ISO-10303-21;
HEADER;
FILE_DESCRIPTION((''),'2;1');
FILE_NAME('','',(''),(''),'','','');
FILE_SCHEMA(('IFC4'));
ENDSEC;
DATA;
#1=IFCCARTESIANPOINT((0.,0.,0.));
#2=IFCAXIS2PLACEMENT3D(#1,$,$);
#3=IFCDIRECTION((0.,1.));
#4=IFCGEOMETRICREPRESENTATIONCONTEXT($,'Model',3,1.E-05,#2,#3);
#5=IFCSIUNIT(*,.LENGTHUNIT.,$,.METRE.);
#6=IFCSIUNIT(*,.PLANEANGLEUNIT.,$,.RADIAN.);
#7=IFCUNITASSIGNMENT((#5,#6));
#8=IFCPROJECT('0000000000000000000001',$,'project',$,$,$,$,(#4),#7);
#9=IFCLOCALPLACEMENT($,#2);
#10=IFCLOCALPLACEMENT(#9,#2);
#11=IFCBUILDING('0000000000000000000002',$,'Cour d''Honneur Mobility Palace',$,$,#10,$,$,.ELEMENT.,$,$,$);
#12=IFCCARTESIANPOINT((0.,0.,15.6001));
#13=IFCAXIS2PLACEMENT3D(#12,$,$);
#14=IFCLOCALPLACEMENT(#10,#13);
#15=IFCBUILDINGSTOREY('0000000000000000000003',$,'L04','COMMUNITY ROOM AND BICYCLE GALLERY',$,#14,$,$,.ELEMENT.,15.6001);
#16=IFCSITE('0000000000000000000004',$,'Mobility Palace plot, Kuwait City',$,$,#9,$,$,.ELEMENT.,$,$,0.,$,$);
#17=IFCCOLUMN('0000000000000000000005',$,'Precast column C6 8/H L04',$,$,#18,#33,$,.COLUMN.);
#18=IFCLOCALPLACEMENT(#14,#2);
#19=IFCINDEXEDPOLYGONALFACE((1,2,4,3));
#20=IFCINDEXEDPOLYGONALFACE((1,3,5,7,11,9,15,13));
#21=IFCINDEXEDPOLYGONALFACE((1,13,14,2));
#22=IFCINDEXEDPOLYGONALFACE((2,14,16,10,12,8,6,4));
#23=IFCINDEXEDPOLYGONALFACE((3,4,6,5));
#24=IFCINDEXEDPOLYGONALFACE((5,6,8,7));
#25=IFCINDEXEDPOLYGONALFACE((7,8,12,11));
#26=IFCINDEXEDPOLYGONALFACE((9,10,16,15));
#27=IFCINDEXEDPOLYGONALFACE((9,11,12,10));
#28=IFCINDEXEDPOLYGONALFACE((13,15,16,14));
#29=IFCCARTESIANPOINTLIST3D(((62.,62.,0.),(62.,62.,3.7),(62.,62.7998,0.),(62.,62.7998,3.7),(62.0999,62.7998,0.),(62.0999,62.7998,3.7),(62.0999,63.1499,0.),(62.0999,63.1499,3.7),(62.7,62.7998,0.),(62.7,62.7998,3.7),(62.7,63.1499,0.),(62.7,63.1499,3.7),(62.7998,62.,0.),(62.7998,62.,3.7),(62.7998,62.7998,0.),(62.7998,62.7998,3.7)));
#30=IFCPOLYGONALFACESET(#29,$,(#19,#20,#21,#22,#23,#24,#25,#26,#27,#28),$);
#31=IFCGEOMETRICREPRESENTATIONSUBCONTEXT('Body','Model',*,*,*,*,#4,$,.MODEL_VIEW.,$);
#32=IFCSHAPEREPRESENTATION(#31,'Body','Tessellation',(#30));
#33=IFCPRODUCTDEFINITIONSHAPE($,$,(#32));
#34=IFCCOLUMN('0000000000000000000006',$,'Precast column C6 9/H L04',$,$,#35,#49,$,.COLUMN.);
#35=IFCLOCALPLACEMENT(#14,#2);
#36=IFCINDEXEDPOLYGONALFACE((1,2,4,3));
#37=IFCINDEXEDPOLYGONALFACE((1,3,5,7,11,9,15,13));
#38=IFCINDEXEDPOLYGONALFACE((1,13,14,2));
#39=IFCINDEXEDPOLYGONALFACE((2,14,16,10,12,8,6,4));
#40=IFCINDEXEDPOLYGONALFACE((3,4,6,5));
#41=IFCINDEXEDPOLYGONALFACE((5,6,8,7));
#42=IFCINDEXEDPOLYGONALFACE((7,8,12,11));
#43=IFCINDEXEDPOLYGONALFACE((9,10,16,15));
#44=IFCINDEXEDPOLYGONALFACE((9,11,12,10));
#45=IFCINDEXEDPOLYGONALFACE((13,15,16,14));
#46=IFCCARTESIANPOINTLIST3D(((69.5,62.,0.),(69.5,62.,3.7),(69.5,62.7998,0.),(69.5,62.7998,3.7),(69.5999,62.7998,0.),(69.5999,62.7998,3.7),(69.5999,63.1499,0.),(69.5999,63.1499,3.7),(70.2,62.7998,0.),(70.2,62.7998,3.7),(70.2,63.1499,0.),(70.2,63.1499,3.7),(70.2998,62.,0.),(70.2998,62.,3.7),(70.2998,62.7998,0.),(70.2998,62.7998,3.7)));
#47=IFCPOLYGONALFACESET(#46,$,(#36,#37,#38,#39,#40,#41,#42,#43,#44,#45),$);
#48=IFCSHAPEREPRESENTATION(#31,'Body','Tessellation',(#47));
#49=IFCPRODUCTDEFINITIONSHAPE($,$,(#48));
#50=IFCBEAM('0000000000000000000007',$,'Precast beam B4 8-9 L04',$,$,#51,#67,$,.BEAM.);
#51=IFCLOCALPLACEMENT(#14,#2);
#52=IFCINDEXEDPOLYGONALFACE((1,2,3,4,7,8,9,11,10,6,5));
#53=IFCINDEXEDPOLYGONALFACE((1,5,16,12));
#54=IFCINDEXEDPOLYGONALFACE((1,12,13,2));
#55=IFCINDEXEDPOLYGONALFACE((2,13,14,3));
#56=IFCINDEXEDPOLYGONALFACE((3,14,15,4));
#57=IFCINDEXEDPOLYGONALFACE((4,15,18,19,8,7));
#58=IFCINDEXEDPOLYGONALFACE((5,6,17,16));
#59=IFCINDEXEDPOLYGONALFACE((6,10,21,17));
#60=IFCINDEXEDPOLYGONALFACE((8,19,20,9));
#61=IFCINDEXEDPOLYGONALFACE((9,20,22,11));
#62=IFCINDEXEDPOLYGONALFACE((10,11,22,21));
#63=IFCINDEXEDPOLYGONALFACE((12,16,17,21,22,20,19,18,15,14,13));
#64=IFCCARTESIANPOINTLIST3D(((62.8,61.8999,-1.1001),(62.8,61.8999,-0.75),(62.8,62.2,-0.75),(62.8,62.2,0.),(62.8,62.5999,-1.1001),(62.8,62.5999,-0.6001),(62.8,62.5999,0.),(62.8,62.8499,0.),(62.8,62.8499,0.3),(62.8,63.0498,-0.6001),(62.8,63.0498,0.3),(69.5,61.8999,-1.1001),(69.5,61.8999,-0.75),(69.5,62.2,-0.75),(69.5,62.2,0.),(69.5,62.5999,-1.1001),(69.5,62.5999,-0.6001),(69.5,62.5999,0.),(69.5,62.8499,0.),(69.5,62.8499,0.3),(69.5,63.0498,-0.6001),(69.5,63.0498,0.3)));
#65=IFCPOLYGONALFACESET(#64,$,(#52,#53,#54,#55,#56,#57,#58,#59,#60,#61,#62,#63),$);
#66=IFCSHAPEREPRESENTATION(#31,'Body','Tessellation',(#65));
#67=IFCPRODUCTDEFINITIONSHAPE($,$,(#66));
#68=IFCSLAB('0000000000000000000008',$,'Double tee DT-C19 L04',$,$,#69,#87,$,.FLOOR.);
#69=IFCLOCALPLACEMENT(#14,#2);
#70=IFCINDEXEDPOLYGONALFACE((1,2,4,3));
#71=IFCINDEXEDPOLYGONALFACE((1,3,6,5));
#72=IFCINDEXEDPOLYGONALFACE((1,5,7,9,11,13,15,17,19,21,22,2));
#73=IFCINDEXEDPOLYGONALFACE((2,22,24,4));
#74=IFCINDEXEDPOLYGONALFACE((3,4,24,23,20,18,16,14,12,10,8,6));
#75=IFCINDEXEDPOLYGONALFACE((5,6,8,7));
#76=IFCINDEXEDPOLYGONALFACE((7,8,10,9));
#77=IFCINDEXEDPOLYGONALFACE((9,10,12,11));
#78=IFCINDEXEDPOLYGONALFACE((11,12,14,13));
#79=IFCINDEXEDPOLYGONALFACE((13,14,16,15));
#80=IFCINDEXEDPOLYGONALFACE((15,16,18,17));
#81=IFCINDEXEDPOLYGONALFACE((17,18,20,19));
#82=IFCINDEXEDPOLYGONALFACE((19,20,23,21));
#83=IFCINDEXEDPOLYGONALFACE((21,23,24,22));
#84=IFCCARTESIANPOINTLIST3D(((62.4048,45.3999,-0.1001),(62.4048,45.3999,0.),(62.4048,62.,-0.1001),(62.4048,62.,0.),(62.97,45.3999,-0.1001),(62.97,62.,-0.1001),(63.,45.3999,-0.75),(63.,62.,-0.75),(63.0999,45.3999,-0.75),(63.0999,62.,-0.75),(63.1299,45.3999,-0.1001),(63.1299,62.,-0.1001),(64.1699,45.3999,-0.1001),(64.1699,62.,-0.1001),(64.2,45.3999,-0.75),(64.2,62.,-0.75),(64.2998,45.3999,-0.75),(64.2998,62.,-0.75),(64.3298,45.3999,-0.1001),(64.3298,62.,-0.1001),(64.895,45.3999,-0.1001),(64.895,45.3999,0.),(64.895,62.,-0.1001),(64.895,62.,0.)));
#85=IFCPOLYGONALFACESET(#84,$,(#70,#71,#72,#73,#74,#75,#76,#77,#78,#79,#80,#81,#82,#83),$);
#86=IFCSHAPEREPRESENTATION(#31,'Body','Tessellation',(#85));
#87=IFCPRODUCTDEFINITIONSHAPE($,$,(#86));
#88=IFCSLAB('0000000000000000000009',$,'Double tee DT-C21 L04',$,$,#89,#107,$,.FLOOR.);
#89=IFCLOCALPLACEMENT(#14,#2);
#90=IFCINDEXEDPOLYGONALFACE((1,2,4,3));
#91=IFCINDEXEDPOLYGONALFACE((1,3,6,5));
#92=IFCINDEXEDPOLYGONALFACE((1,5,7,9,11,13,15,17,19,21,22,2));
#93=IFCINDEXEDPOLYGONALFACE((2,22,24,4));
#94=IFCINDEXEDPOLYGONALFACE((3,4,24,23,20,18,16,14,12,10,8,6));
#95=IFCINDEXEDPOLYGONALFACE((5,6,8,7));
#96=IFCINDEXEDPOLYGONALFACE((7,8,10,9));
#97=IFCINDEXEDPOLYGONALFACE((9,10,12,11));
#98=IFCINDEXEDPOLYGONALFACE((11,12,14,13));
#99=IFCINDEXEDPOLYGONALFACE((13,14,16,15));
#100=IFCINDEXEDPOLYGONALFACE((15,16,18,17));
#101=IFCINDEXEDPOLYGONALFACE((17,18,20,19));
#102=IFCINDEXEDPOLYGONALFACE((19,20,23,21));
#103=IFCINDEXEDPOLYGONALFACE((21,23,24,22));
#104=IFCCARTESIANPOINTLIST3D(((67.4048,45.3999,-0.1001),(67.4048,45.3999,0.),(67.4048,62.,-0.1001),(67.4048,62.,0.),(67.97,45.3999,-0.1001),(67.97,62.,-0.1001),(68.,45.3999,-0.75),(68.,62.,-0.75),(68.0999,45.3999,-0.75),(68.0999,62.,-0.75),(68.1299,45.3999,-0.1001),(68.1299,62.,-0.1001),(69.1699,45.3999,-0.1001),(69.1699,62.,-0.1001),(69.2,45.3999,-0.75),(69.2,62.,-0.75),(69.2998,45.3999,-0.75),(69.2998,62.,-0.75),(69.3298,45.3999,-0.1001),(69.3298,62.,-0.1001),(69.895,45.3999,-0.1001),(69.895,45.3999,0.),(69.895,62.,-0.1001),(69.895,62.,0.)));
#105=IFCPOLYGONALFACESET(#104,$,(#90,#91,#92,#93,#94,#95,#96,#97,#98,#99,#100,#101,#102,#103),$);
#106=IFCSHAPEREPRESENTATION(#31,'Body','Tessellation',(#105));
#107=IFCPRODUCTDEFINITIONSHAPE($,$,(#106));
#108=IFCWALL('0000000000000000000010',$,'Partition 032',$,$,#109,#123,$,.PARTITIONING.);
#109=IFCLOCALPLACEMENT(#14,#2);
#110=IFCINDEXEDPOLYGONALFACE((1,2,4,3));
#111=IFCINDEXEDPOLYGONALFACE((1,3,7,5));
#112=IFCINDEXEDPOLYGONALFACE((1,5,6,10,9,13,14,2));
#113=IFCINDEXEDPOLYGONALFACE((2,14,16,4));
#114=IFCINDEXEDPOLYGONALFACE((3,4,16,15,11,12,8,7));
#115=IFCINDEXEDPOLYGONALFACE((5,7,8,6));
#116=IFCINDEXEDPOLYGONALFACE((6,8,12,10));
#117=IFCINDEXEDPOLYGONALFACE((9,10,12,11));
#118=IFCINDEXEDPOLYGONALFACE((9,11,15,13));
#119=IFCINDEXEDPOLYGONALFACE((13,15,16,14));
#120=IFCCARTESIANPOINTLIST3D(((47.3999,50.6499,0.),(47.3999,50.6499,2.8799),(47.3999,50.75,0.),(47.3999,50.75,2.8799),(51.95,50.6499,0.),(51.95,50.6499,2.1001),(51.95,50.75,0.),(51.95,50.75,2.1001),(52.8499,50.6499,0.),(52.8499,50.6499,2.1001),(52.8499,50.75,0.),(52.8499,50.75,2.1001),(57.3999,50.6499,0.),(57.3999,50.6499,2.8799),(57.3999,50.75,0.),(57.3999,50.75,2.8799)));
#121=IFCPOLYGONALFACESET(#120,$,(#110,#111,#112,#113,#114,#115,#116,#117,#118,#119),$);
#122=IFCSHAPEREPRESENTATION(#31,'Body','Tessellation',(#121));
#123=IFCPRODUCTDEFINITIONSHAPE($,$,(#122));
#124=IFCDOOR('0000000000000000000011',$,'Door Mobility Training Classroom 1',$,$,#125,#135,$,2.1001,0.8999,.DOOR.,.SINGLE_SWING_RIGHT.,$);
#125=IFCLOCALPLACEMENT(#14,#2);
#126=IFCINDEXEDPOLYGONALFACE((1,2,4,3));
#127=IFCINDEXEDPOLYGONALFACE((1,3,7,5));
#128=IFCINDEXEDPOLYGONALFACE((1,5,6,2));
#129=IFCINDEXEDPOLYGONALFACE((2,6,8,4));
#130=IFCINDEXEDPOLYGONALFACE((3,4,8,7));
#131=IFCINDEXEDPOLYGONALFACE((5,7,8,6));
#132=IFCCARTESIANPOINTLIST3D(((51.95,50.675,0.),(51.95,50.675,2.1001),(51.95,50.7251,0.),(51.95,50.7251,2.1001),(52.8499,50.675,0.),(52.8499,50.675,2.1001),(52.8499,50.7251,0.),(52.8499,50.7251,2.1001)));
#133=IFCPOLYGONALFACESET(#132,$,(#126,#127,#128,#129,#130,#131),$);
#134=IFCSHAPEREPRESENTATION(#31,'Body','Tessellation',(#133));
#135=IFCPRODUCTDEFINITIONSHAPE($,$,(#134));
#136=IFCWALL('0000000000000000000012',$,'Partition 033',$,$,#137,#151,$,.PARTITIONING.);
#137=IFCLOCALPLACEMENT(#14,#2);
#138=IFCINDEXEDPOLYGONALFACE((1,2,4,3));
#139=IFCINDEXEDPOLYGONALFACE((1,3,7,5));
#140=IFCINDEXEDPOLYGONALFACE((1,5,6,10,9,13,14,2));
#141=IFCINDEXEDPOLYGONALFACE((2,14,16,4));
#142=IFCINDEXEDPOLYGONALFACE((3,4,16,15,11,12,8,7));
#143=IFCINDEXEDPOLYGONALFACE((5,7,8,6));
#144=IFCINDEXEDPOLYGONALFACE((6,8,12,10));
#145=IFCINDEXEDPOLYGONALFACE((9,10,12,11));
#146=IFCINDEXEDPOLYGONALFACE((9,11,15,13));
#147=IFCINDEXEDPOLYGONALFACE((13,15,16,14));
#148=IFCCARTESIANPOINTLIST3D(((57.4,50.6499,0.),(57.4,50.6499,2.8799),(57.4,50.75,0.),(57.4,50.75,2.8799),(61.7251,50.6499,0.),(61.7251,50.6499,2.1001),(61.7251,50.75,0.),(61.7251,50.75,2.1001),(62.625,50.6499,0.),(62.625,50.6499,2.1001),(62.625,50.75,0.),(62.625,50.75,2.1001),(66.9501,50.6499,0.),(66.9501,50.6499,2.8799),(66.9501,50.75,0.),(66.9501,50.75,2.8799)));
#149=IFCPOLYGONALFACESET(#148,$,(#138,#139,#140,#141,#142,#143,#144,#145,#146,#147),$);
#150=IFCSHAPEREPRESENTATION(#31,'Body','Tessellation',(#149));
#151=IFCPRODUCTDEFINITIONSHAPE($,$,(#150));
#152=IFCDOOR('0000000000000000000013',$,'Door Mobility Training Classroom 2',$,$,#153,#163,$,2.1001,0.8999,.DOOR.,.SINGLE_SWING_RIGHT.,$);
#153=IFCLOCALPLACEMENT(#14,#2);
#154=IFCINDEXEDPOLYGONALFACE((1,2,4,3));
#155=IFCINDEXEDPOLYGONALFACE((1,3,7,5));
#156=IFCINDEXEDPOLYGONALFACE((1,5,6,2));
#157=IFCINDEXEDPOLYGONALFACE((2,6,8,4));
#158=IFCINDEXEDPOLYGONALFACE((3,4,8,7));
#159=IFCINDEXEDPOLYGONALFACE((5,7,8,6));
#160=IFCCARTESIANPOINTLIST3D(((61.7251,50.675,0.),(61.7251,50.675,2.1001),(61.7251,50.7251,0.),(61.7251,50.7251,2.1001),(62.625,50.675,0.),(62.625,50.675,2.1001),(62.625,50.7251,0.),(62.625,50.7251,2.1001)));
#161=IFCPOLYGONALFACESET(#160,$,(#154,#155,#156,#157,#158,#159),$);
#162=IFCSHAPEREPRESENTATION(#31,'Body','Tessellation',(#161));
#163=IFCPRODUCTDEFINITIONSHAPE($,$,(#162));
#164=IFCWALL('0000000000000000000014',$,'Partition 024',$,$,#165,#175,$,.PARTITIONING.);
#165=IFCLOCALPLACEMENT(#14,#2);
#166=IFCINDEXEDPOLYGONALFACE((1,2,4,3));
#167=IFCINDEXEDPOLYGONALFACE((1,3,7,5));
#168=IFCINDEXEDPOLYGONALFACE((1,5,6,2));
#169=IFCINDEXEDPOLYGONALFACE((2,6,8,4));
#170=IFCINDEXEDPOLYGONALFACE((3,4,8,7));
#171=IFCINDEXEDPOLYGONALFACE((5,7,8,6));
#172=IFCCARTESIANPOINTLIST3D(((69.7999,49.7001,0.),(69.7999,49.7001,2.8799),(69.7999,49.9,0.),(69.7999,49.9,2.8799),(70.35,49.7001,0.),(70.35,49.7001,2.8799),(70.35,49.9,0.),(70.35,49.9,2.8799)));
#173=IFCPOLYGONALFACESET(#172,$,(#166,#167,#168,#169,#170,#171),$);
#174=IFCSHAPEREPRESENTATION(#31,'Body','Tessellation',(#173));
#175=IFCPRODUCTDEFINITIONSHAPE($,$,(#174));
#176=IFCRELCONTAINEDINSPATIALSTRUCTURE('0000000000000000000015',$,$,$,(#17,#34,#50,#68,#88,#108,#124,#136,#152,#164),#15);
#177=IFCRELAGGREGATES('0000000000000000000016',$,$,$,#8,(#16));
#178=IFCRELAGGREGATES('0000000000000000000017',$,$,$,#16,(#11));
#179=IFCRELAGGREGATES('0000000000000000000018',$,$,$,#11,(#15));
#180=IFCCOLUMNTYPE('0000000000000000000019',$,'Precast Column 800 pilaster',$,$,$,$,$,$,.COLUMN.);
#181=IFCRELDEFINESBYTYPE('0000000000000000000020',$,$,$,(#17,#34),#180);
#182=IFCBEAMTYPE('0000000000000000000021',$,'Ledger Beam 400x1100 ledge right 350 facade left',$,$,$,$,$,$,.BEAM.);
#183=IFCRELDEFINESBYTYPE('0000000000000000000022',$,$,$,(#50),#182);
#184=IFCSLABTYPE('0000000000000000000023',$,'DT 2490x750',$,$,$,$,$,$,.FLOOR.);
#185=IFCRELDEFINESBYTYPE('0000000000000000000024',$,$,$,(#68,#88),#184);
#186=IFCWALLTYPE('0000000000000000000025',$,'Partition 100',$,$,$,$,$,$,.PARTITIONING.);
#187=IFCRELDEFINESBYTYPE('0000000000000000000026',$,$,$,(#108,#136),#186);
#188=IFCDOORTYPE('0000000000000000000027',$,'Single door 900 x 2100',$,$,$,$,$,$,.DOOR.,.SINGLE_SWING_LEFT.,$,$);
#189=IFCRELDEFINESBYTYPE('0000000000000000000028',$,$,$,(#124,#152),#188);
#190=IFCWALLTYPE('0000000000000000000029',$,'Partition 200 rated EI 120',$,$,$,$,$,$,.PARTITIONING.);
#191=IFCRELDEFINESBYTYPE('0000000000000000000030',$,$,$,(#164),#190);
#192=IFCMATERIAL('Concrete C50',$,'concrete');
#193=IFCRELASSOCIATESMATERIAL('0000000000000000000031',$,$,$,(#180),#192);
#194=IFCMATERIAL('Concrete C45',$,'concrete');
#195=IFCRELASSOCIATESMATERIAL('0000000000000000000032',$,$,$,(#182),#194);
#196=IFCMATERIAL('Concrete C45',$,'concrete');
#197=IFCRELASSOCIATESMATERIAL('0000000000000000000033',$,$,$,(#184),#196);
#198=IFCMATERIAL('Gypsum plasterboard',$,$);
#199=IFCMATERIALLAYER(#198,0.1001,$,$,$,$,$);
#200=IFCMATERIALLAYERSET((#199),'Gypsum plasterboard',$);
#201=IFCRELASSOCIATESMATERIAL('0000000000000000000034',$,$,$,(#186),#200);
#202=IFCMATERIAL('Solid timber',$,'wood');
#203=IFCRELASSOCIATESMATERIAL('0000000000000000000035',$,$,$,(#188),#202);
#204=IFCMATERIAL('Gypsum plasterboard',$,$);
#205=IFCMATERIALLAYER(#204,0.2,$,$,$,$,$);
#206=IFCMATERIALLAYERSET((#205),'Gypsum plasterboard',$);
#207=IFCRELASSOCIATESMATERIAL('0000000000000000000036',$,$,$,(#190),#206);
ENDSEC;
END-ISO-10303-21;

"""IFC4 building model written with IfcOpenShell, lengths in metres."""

from ifc_helpers import new_model, si_unit, direction, frame, frame_2d, origin, place, context, subcontext, project, spatial, polyline, rectangle, outline, extrude, material, layer, layer_set, material_profile, profile_set, type_object, element, fill, save


model = new_model("IFC4")

# Units and contexts
model_context = context("Model", 3, precision=1e-05, world=origin(), true_north=direction((0.0, 1.0)))
body_context = subcontext(model_context, "Body", "Model", "MODEL_VIEW")
ifc_project = project(units=[si_unit("LENGTHUNIT", "METRE"), si_unit("PLANEANGLEUNIT", "RADIAN")], contexts=[model_context])

# Site, building, storey
site_placement = place(None, origin())
site = spatial("IfcSite", under=ifc_project, at=site_placement, Name="Mobility Palace plot, Kuwait City", CompositionType="ELEMENT", RefElevation=0.0)
building_placement = place(site_placement, origin())
building = spatial("IfcBuilding", under=site, at=building_placement, Name="Cour d'Honneur Mobility Palace", CompositionType="ELEMENT")
storey_placement = place(building_placement, frame((0.0, 0.0, 15.6001)))
storey = spatial("IfcBuildingStorey", under=building, at=storey_placement, Name="L04", Description="COMMUNITY ROOM AND BICYCLE GALLERY", CompositionType="ELEMENT", Elevation=15.6001)

# Columns
ifc_material_1 = material(Name="Concrete C50", Category="concrete")
ifc_material_profile_1 = material_profile(ifc_material_1, outline(polyline([(-0.3999, -0.3999), (0.3999, -0.3999), (0.3999, -0.3), (0.75, -0.3), (0.75, 0.3), (0.3999, 0.3), (0.3999, 0.3999), (-0.3999, 0.3999), (-0.3999, -0.3999)])), Name="PC C800 pilaster")
ifc_profile_set_1 = profile_set([ifc_material_profile_1], Name="Concrete C50")
column_type = type_object("IfcColumnType", Name="Precast Column 800 pilaster", PredefinedType="COLUMN", material=ifc_profile_set_1)
for number, where, z_axis, x_axis, name in (
    (1, (62.3999, 62.3999, 0.0), (0.0, 0.0, 1.0), (0.0, 1.0, 0.0), "Precast column C6 8/H L04"),
    (2, (69.8999, 62.3999, 0.0), (0.0, 0.0, 1.0), (0.0, 1.0, 0.0), "Precast column C6 9/H L04"),
):
    element("IfcColumn", number, at=place(storey_placement, frame(where, z_axis=z_axis, x_axis=x_axis)), inside=storey, type_object=column_type, Name=name, PredefinedType="COLUMN", context=body_context, shape_type="SweptSolid", body=[
        extrude(outline(polyline([(-0.3999, -0.3999), (0.3999, -0.3999), (0.3999, -0.3), (0.75, -0.3), (0.75, 0.3), (0.3999, 0.3), (0.3999, 0.3999), (-0.3999, 0.3999), (-0.3999, -0.3999)])), origin(), (0.0, 0.0, 1.0), 3.7),
    ])

# Beam
ifc_material_2 = material(Name="Concrete C45", Category="concrete")
ifc_material_profile_2 = material_profile(ifc_material_2, outline(polyline([(0.2, -1.1001), (0.2, -0.6001), (0.6499, -0.6001), (0.6499, 0.3), (0.45, 0.3), (0.45, 0.0), (0.2, 0.0), (-0.2, 0.0), (-0.2, -0.75), (-0.5, -0.75), (-0.5, -1.1001), (0.2, -1.1001)])), Name="Ledger Beam 400x1100 ledge right 350 facade left")
ifc_profile_set_2 = profile_set([ifc_material_profile_2], Name="Concrete C45")
beam_type = type_object("IfcBeamType", Name="Ledger Beam 400x1100 ledge right 350 facade left", PredefinedType="BEAM", material=ifc_profile_set_2)
beam_placement = place(storey_placement, frame((62.8, 62.3999, 0.0), z_axis=(1.0, 0.0, 0.0), x_axis=(0.0, 1.0, 0.0)))
element("IfcBeam", 3, at=beam_placement, inside=storey, type_object=beam_type, Name="Precast beam B4 8-9 L04", PredefinedType="BEAM", context=body_context, shape_type="SweptSolid", body=[
    extrude(outline(polyline([(0.2, -1.1001), (0.2, -0.6001), (0.6499, -0.6001), (0.6499, 0.3), (0.45, 0.3), (0.45, 0.0), (0.2, 0.0), (-0.2, 0.0), (-0.2, -0.75), (-0.5, -0.75), (-0.5, -1.1001), (0.2, -1.1001)])), origin(), (0.0, 0.0, 1.0), 6.7),
])

# Slabs
ifc_material_3 = material(Name="Concrete C45", Category="concrete")
ifc_material_profile_3 = material_profile(ifc_material_3, outline(polyline([(-1.2451, 0.0), (1.2451, 0.0), (1.2451, -0.1001), (0.6799, -0.1001), (0.6499, -0.75), (0.55, -0.75), (0.52, -0.1001), (-0.52, -0.1001), (-0.55, -0.75), (-0.6499, -0.75), (-0.6799, -0.1001), (-1.2451, -0.1001), (-1.2451, 0.0)])), Name="DT 2490x750")
ifc_profile_set_3 = profile_set([ifc_material_profile_3], Name="Concrete C45")
slab_type = type_object("IfcSlabType", Name="DT 2490x750", PredefinedType="FLOOR", material=ifc_profile_set_3)
for number, where, z_axis, x_axis, name in (
    (4, (63.6499, 45.3999, 0.0), (0.0, 1.0, 0.0), (-1.0, 0.0, 0.0), "Double tee DT-C19 L04"),
    (5, (68.6499, 45.3999, 0.0), (0.0, 1.0, 0.0), (-1.0, 0.0, 0.0), "Double tee DT-C21 L04"),
):
    element("IfcSlab", number, at=place(storey_placement, frame(where, z_axis=z_axis, x_axis=x_axis)), inside=storey, type_object=slab_type, Name=name, PredefinedType="FLOOR", context=body_context, shape_type="SweptSolid", body=[
        extrude(outline(polyline([(-1.2451, 0.0), (1.2451, 0.0), (1.2451, -0.1001), (0.6799, -0.1001), (0.6499, -0.75), (0.55, -0.75), (0.52, -0.1001), (-0.52, -0.1001), (-0.55, -0.75), (-0.6499, -0.75), (-0.6799, -0.1001), (-1.2451, -0.1001), (-1.2451, 0.0)])), origin(), (0.0, 0.0, 1.0), 16.6001),
    ])

# Walls, openings, doors
ifc_material_4 = material(Name="Gypsum plasterboard")
ifc_layer_1 = layer(ifc_material_4, 0.1001)
ifc_layer_set_1 = layer_set([ifc_layer_1], Name="Gypsum plasterboard")
wall_type_1 = type_object("IfcWallType", Name="Partition 100", PredefinedType="PARTITIONING", material=ifc_layer_set_1)
wall_1_placement = place(storey_placement, frame((57.3999, 50.7, 0.0), z_axis=(0.0, 0.0, 1.0), x_axis=(-1.0, 0.0, 0.0)))
wall_1 = element("IfcWall", 6, at=wall_1_placement, inside=storey, type_object=wall_type_1, Name="Partition 032", PredefinedType="PARTITIONING", context=body_context, shape_type="SweptSolid", body=[
    extrude(rectangle(XDim=10.0, YDim=0.1001, at=frame_2d((5.0, 0.0))), origin(), (0.0, 0.0, 1.0), 2.8799),
])
opening_1_placement = place(wall_1_placement, frame((4.55, 0.0, 0.0)))
opening_1 = element("IfcOpeningElement", 7, at=opening_1_placement, cuts=wall_1, PredefinedType="OPENING", context=body_context, shape_type="SweptSolid", body=[
    extrude(rectangle(XDim=0.8999, YDim=2.1001, at=frame_2d((0.45, 1.05))), frame((0.0, 0.0601, 0.0), z_axis=(0.0, -1.0, 0.0), x_axis=(1.0, 0.0, 0.0)), (0.0, 0.0, 1.0), 0.1201),
])
ifc_material_5 = material(Name="Solid timber", Category="wood")
door_type = type_object("IfcDoorType", Name="Single door 900 x 2100", OperationType="SINGLE_SWING_LEFT", PredefinedType="DOOR", material=ifc_material_5)
door_1_placement = place(opening_1_placement, origin())
door_1 = element("IfcDoor", 8, at=door_1_placement, inside=storey, type_object=door_type, Name="Door Mobility Training Classroom 1", OperationType="SINGLE_SWING_RIGHT", OverallHeight=2.1001, OverallWidth=0.8999, PredefinedType="DOOR", context=body_context, shape_type="SweptSolid", body=[
    extrude(rectangle(XDim=0.8999, YDim=2.1001, at=frame_2d((0.45, 1.05))), frame((0.0, 0.0249, 0.0), z_axis=(0.0, -1.0, 0.0), x_axis=(1.0, 0.0, 0.0)), (0.0, 0.0, 1.0), 0.05),
])
fill(opening_1, door_1)
wall_2_placement = place(storey_placement, frame((66.95, 50.7, 0.0), z_axis=(0.0, 0.0, 1.0), x_axis=(-1.0, 0.0, 0.0)))
wall_2 = element("IfcWall", 9, at=wall_2_placement, inside=storey, type_object=wall_type_1, Name="Partition 033", PredefinedType="PARTITIONING", context=body_context, shape_type="SweptSolid", body=[
    extrude(rectangle(XDim=9.55, YDim=0.1001, at=frame_2d((4.7749, 0.0))), origin(), (0.0, 0.0, 1.0), 2.8799),
])
opening_2_placement = place(wall_2_placement, frame((4.325, 0.0, 0.0)))
opening_2 = element("IfcOpeningElement", 10, at=opening_2_placement, cuts=wall_2, PredefinedType="OPENING", context=body_context, shape_type="SweptSolid", body=[
    extrude(rectangle(XDim=0.8999, YDim=2.1001, at=frame_2d((0.45, 1.05))), frame((0.0, 0.0601, 0.0), z_axis=(0.0, -1.0, 0.0), x_axis=(1.0, 0.0, 0.0)), (0.0, 0.0, 1.0), 0.1201),
])
door_2_placement = place(opening_2_placement, origin())
door_2 = element("IfcDoor", 11, at=door_2_placement, inside=storey, type_object=door_type, Name="Door Mobility Training Classroom 2", OperationType="SINGLE_SWING_RIGHT", OverallHeight=2.1001, OverallWidth=0.8999, PredefinedType="DOOR", context=body_context, shape_type="SweptSolid", body=[
    extrude(rectangle(XDim=0.8999, YDim=2.1001, at=frame_2d((0.45, 1.05))), frame((0.0, 0.0249, 0.0), z_axis=(0.0, -1.0, 0.0), x_axis=(1.0, 0.0, 0.0)), (0.0, 0.0, 1.0), 0.05),
])
fill(opening_2, door_2)

# Wall
ifc_material_6 = material(Name="Gypsum plasterboard")
ifc_layer_2 = layer(ifc_material_6, 0.2)
ifc_layer_set_2 = layer_set([ifc_layer_2], Name="Gypsum plasterboard")
wall_type_2 = type_object("IfcWallType", Name="Partition 200 rated EI 120", PredefinedType="PARTITIONING", material=ifc_layer_set_2)
wall_3_placement = place(storey_placement, frame((69.8, 49.8, 0.0), z_axis=(0.0, 0.0, 1.0), x_axis=(1.0, 0.0, 0.0)))
element("IfcWall", 12, at=wall_3_placement, inside=storey, type_object=wall_type_2, Name="Partition 024", PredefinedType="PARTITIONING", context=body_context, shape_type="SweptSolid", body=[
    extrude(rectangle(XDim=0.55, YDim=0.2, at=frame_2d((0.2749, 0.0))), origin(), (0.0, 0.0, 1.0), 2.8799),
])

save(model, "model.ifc")
